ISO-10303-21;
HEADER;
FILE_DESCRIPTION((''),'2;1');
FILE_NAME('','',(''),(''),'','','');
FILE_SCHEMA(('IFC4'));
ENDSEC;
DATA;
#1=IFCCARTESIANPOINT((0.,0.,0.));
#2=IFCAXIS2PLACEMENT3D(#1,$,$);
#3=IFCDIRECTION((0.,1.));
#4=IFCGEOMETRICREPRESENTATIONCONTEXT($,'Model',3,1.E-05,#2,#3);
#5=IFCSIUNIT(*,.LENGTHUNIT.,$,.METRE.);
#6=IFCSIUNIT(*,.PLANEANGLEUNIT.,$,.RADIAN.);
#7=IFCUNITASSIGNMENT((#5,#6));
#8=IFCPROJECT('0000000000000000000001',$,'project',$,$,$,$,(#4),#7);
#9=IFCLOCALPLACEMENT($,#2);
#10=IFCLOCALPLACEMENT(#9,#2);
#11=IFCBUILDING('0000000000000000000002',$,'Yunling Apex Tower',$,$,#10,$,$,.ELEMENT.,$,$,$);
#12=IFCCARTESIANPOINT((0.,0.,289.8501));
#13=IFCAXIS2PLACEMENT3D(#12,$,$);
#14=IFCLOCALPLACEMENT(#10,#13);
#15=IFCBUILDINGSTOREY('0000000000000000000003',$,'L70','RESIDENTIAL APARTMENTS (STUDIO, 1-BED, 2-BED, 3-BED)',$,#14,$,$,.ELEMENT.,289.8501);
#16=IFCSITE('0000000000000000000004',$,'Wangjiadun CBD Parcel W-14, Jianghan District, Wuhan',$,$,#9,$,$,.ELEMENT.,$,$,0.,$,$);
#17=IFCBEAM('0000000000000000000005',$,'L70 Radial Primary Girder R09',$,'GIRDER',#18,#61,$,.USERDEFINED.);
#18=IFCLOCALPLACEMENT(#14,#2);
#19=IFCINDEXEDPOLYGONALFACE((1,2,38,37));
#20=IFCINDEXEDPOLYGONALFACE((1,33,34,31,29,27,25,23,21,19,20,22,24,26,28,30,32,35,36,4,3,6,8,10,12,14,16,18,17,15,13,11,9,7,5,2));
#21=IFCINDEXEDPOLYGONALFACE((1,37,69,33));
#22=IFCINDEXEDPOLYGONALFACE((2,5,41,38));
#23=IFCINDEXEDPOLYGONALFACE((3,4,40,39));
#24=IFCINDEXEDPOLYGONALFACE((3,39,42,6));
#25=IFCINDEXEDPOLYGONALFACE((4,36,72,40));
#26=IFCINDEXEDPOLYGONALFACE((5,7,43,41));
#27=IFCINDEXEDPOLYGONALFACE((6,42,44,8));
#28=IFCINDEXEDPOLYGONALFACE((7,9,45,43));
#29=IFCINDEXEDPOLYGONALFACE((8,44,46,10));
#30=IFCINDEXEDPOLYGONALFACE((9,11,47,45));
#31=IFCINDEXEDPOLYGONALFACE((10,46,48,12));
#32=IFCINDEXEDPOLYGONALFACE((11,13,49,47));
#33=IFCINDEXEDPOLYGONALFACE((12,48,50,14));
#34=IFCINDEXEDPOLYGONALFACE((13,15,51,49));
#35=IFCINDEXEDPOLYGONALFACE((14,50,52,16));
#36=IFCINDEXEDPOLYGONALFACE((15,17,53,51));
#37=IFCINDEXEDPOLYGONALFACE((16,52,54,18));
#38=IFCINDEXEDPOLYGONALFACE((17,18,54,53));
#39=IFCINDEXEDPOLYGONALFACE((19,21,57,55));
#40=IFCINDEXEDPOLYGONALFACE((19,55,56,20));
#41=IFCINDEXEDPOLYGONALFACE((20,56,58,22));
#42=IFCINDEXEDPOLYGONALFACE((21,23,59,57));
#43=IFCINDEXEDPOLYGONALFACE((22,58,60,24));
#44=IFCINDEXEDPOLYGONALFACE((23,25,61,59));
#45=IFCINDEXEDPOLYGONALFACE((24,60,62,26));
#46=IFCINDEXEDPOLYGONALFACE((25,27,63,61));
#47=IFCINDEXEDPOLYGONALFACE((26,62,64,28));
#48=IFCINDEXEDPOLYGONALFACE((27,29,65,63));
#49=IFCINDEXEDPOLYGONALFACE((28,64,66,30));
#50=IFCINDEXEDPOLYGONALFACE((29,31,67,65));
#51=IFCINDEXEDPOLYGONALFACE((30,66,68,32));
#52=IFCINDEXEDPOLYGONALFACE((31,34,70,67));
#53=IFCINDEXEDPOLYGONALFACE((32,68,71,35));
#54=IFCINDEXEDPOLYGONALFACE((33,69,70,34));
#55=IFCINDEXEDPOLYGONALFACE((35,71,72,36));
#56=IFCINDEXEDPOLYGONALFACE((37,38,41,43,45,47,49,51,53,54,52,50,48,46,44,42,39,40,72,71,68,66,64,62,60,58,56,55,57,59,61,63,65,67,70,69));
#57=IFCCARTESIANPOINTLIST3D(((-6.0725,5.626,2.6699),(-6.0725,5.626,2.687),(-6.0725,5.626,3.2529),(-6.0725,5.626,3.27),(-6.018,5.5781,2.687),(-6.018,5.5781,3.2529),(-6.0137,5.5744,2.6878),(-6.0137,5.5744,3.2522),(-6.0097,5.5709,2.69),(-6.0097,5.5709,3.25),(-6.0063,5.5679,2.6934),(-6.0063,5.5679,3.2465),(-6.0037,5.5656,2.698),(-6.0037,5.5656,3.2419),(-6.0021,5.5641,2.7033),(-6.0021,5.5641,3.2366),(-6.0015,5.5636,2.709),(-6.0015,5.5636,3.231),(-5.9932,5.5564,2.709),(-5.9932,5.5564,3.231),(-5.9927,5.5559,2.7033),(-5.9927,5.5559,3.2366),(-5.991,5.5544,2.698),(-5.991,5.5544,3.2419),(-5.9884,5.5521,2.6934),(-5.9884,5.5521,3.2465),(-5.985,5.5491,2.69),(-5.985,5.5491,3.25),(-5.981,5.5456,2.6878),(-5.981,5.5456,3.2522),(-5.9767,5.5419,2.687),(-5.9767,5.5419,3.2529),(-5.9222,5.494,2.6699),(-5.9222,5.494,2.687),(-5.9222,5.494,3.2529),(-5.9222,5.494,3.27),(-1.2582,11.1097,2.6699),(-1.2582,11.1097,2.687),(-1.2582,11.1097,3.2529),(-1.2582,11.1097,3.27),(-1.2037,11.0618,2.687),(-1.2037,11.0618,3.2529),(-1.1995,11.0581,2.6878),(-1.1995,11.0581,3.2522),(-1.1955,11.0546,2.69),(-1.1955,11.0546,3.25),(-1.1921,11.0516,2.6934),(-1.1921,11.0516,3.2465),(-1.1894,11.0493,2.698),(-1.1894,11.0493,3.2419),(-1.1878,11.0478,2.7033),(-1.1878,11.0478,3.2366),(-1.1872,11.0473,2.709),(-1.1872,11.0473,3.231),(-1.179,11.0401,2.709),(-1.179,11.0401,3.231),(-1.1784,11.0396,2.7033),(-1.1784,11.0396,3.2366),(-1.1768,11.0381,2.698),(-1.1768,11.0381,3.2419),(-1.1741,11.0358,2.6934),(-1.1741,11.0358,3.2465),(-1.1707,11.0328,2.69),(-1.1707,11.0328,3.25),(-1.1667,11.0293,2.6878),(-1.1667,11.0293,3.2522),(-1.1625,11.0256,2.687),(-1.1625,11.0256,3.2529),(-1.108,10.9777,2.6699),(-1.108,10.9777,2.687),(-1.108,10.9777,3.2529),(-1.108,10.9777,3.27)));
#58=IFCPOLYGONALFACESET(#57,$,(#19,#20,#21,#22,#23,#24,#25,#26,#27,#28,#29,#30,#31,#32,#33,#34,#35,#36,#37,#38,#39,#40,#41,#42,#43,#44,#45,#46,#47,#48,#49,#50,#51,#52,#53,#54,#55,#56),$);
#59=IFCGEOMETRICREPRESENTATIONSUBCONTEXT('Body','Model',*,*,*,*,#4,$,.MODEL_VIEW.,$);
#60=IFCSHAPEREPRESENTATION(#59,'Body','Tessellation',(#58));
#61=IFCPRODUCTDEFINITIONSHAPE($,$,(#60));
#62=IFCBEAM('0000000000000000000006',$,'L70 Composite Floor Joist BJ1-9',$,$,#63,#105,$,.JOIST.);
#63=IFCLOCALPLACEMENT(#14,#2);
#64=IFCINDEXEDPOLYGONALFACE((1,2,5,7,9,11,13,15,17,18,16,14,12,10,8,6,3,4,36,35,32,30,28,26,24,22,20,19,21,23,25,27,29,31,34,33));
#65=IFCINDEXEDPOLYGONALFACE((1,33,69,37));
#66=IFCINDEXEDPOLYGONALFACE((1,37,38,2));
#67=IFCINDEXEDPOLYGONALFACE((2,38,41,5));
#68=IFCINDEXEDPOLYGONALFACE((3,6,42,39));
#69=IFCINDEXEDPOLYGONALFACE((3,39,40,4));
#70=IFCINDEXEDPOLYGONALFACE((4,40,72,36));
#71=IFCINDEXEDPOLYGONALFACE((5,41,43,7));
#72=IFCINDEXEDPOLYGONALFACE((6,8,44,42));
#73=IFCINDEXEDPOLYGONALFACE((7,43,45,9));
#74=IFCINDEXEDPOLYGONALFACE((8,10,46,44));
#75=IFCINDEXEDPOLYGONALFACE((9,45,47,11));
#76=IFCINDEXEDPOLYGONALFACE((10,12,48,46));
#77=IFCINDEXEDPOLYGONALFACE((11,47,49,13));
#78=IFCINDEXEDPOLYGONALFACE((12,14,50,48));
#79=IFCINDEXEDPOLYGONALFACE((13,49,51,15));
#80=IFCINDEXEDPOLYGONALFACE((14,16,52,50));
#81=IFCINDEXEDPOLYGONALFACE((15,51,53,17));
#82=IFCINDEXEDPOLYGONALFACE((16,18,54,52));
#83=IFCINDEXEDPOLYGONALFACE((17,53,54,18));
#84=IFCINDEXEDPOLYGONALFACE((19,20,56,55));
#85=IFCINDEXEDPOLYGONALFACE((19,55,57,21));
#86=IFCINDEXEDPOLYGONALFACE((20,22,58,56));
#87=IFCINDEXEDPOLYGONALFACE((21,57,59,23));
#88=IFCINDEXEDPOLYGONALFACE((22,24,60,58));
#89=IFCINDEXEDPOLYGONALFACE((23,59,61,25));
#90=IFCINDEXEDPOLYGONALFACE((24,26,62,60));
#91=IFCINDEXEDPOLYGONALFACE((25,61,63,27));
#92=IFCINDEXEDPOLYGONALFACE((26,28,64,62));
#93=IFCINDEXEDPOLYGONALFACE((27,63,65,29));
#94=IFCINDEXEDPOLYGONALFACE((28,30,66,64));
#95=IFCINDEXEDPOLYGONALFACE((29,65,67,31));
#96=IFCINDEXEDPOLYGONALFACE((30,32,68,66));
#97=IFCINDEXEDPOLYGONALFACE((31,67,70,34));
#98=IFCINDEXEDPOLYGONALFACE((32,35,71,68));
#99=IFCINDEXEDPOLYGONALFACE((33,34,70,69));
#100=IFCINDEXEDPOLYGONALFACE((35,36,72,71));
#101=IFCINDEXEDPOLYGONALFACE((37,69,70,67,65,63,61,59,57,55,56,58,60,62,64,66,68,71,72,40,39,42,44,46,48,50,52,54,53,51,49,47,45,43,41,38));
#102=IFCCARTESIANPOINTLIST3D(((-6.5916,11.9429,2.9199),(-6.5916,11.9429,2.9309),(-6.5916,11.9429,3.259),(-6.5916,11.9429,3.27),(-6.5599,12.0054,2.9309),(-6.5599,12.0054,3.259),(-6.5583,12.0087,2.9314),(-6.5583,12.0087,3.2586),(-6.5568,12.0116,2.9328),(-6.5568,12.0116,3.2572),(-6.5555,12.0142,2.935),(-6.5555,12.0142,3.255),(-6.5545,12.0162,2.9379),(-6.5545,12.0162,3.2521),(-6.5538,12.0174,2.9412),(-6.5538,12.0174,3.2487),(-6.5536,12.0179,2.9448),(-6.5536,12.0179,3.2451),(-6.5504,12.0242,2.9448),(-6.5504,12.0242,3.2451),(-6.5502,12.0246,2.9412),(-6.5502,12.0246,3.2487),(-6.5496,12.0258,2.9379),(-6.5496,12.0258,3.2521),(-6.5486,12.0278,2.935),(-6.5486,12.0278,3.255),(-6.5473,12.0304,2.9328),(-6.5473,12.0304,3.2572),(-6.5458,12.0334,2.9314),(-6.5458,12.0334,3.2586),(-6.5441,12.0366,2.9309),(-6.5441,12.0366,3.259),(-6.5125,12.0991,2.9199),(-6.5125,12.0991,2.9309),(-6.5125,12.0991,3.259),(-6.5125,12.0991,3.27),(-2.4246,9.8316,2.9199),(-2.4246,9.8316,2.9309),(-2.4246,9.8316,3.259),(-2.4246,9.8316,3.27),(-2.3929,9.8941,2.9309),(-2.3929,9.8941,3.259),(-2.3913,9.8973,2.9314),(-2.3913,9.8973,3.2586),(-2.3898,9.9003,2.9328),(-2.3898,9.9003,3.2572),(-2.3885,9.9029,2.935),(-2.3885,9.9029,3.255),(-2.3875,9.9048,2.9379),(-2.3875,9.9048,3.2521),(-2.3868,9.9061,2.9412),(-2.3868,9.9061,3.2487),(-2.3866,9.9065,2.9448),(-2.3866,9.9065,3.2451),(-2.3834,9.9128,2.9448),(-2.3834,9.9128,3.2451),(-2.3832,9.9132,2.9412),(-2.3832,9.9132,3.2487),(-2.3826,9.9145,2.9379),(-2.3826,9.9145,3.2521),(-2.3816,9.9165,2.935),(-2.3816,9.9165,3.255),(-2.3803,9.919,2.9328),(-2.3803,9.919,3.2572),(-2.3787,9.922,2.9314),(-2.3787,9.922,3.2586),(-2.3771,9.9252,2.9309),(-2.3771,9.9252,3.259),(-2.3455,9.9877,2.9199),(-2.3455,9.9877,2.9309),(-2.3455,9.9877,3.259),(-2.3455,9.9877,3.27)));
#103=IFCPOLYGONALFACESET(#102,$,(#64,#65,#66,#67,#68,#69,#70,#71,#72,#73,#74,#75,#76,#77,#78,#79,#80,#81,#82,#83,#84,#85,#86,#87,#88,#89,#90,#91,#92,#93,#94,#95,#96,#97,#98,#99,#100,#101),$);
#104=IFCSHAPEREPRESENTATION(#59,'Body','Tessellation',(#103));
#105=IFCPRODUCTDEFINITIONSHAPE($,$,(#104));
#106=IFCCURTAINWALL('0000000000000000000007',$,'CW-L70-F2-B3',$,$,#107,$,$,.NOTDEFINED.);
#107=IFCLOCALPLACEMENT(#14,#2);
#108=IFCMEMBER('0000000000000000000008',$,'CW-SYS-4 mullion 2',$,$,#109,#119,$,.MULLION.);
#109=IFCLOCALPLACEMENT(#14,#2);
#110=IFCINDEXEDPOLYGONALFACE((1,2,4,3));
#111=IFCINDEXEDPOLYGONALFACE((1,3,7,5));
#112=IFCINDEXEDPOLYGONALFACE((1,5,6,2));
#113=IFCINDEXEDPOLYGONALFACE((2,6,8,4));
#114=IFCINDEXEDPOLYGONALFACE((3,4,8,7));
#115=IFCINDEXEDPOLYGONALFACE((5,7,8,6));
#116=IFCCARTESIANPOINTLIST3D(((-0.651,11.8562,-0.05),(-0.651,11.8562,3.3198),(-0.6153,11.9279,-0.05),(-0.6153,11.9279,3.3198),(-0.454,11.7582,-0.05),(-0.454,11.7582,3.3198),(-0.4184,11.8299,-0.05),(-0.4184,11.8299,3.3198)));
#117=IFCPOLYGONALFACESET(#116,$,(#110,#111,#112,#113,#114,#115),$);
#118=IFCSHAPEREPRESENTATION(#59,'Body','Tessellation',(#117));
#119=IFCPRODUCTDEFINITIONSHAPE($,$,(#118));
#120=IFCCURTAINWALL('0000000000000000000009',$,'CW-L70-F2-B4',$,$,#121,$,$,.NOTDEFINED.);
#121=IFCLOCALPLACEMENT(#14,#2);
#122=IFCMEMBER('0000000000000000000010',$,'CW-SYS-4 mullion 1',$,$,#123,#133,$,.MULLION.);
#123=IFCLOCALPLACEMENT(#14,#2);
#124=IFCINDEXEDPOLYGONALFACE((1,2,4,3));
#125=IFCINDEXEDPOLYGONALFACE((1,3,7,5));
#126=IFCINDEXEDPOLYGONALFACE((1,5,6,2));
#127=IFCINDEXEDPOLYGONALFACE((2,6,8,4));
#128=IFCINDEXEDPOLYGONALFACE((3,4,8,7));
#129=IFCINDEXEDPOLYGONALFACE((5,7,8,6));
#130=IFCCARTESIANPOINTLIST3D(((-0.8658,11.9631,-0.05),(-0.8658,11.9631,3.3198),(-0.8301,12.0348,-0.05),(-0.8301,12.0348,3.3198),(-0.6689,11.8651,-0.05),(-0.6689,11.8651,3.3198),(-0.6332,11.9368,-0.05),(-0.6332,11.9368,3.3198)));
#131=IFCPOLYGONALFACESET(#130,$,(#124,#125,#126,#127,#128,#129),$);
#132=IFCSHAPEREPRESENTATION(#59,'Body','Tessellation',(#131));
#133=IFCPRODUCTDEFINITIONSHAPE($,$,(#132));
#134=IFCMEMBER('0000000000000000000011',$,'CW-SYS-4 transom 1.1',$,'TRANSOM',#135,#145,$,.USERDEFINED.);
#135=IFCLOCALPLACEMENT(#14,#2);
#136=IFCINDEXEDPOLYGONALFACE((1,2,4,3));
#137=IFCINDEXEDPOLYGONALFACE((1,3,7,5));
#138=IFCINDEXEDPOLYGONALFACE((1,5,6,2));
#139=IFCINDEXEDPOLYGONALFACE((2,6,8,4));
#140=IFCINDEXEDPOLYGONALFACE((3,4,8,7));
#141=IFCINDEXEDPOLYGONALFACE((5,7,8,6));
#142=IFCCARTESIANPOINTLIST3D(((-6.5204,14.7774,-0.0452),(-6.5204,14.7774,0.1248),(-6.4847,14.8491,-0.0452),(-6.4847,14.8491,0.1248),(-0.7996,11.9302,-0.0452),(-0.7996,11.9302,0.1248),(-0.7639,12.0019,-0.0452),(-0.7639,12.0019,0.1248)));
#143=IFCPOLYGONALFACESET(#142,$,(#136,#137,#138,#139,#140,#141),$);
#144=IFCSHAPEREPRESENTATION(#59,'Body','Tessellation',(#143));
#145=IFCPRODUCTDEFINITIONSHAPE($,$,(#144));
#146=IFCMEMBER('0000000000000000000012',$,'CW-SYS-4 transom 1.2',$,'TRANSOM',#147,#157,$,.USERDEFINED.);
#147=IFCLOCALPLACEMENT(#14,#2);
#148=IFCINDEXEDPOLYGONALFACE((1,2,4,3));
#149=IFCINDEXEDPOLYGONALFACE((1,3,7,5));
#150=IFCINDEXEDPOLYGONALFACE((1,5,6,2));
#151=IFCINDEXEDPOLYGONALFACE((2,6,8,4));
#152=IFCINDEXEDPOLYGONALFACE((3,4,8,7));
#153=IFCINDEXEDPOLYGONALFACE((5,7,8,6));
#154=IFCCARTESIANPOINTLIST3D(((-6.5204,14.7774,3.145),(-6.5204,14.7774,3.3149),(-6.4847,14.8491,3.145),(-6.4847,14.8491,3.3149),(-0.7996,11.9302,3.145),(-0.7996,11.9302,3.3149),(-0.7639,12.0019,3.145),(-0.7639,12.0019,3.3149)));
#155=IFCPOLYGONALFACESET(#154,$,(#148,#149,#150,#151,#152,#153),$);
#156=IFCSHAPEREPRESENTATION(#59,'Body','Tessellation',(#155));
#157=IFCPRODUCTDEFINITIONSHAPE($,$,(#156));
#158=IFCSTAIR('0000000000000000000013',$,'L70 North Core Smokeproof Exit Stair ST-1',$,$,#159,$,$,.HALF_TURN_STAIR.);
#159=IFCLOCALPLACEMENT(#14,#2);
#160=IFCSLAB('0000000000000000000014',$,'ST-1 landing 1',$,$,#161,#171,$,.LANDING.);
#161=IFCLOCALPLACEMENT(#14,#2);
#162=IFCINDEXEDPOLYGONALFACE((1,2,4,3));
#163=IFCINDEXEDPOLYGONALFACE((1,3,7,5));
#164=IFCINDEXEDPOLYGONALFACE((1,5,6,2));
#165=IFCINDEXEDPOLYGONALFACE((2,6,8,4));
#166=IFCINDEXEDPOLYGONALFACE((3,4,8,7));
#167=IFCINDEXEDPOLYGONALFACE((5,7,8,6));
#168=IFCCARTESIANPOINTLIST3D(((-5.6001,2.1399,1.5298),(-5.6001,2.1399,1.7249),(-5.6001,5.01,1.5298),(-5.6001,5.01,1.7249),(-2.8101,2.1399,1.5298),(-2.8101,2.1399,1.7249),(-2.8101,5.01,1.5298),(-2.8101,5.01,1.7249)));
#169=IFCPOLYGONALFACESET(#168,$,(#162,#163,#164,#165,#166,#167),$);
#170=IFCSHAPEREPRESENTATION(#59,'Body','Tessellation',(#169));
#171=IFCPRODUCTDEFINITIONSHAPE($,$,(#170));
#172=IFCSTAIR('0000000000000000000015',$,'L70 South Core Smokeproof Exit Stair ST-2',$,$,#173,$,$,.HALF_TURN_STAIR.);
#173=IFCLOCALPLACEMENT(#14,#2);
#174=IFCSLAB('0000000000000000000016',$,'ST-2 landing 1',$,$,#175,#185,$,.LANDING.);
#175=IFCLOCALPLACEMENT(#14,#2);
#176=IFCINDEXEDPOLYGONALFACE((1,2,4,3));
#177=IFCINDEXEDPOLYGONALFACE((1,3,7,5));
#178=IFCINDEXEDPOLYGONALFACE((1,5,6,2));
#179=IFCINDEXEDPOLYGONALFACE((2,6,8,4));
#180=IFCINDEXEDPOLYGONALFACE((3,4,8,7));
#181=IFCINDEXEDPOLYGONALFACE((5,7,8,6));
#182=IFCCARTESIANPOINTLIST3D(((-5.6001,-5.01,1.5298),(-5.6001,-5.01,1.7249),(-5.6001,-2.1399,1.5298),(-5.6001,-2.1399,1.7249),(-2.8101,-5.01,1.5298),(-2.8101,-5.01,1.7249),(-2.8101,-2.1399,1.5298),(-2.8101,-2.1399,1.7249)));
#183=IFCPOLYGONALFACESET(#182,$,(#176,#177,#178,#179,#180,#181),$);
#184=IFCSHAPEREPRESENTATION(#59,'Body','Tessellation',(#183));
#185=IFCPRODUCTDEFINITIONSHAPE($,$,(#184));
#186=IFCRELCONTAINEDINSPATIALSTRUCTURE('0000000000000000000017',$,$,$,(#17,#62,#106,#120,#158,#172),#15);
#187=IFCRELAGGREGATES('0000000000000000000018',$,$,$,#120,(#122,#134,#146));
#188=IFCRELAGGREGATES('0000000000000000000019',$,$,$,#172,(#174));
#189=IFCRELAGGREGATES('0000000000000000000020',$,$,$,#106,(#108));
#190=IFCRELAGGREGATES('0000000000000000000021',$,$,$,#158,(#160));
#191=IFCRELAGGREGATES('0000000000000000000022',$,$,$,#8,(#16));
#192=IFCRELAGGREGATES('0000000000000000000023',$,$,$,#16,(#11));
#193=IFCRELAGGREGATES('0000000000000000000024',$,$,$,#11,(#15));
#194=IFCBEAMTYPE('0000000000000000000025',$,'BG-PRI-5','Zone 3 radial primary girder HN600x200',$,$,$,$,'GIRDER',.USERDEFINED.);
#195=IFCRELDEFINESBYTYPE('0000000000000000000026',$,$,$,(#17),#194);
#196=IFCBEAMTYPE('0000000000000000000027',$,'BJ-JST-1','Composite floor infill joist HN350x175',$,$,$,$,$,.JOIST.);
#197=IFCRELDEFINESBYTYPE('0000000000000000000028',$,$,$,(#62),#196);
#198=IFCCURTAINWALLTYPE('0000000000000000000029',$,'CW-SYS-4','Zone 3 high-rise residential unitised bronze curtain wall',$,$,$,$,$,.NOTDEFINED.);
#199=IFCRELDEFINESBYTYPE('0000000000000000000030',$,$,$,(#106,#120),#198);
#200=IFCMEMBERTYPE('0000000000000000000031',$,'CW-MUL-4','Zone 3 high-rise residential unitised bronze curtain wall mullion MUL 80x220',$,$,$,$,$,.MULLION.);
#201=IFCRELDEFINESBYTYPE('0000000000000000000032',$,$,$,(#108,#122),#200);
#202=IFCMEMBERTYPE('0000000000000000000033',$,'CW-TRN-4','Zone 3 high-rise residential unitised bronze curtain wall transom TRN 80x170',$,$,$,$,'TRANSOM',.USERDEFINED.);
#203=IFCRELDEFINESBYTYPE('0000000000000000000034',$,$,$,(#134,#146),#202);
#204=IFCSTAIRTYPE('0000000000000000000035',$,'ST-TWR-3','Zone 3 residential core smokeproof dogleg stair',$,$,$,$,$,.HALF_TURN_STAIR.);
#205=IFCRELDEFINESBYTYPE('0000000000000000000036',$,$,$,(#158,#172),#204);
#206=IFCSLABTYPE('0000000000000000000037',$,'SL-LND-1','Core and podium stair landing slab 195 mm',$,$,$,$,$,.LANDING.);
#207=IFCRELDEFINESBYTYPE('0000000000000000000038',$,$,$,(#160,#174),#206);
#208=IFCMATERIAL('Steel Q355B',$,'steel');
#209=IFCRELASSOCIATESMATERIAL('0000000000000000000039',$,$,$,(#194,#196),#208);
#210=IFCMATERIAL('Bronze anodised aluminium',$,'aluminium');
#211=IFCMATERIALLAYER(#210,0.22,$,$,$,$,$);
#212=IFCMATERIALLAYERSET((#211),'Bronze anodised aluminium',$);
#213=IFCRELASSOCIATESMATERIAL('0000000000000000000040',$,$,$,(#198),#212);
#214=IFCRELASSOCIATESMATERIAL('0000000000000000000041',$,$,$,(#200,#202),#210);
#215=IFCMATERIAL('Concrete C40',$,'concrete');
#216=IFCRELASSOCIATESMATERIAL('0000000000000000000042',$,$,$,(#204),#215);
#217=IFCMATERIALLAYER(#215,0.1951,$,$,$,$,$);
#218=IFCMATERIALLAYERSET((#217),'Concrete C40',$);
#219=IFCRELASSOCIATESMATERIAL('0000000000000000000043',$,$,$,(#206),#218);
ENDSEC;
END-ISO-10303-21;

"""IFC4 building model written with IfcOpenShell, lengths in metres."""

from ifc_helpers import new_model, si_unit, direction, frame, origin, origin_2d, place, context, subcontext, project, spatial, polyline, rectangle, i_section, outline, extrude, source, transform, mapped, material, layer, layer_set, material_profile, profile_set, type_object, element, aggregate, save


model = new_model("IFC4")

# Units and contexts
model_context = context("Model", 3, precision=1e-05, world=origin(), true_north=direction((0.0, 1.0)))
body_context = subcontext(model_context, "Body", "Model", "MODEL_VIEW")
ifc_project = project(units=[si_unit("LENGTHUNIT", "METRE"), si_unit("PLANEANGLEUNIT", "RADIAN")], contexts=[model_context])

# Site, building, storey
site_placement = place(None, origin())
site = spatial("IfcSite", under=ifc_project, at=site_placement, Name="Wangjiadun CBD Parcel W-14, Jianghan District, Wuhan", CompositionType="ELEMENT", RefElevation=0.0)
building_placement = place(site_placement, origin())
building = spatial("IfcBuilding", under=site, at=building_placement, Name="Yunling Apex Tower", CompositionType="ELEMENT")
storey_placement = place(building_placement, frame((0.0, 0.0, 289.8501)))
storey = spatial("IfcBuildingStorey", under=building, at=storey_placement, Name="L70", Description="RESIDENTIAL APARTMENTS (STUDIO, 1-BED, 2-BED, 3-BED)", CompositionType="ELEMENT", Elevation=289.8501)

# Shared definitions
ifc_material_1 = material(Name="Steel Q355B", Category="steel")

# Beams
ifc_material_profile_1 = material_profile(ifc_material_1, i_section(OverallWidth=0.2, OverallDepth=0.6001, WebThickness=0.011, FlangeThickness=0.0171, FilletRadius=0.022, at=origin_2d()))
ifc_profile_set_1 = profile_set([ifc_material_profile_1], Name="Steel Q355B")
beam_type_1 = type_object("IfcBeamType", Name="BG-PRI-5", Description="Zone 3 radial primary girder HN600x200", ElementType="GIRDER", PredefinedType="USERDEFINED", material=ifc_profile_set_1)
shared_shape_1 = source(origin(), body_context, "Body", "SweptSolid", [
    extrude(i_section(OverallWidth=0.2, OverallDepth=0.6001, WebThickness=0.011, FlangeThickness=0.0171, FilletRadius=0.022, at=origin_2d()), origin(), (0.0, 0.0, 1.0), 7.2971),
])
beam_1_placement = place(storey_placement, frame((-1.1831, 11.0437, 2.97), z_axis=(-0.659747, -0.751488, 0.0), x_axis=(0.751488, -0.659747, 0.0)))
element("IfcBeam", 1, at=beam_1_placement, inside=storey, type_object=beam_type_1, Name="L70 Radial Primary Girder R09", ObjectType="GIRDER", PredefinedType="USERDEFINED", context=body_context, shape_type="MappedRepresentation", body=[
    mapped(shared_shape_1, transform((0.0, 0.0, 0.0), scale=1.0)),
])
ifc_material_profile_2 = material_profile(ifc_material_1, i_section(OverallWidth=0.175, OverallDepth=0.3501, WebThickness=0.0071, FlangeThickness=0.011, FilletRadius=0.0139, at=origin_2d()))
ifc_profile_set_2 = profile_set([ifc_material_profile_2], Name="Steel Q355B")
beam_type_2 = type_object("IfcBeamType", Name="BJ-JST-1", Description="Composite floor infill joist HN350x175", PredefinedType="JOIST", material=ifc_profile_set_2)
shared_shape_2 = source(origin(), body_context, "Body", "SweptSolid", [
    extrude(i_section(OverallWidth=0.175, OverallDepth=0.3501, WebThickness=0.0071, FlangeThickness=0.011, FilletRadius=0.0139, at=origin_2d()), origin(), (0.0, 0.0, 1.0), 4.6714),
])
beam_2_placement = place(storey_placement, frame((-2.385, 9.9097, 3.095), z_axis=(-0.892031, 0.451974, 0.0), x_axis=(-0.451974, -0.892031, 0.0)))
element("IfcBeam", 2, at=beam_2_placement, inside=storey, type_object=beam_type_2, Name="L70 Composite Floor Joist BJ1-9", PredefinedType="JOIST", context=body_context, shape_type="MappedRepresentation", body=[
    mapped(shared_shape_2, transform((0.0, 0.0, 0.0), scale=1.0)),
])

# Curtain wall, member
ifc_material_2 = material(Name="Bronze anodised aluminium", Category="aluminium")
ifc_layer_1 = layer(ifc_material_2, 0.22)
ifc_layer_set_1 = layer_set([ifc_layer_1], Name="Bronze anodised aluminium")
curtain_wall_type = type_object("IfcCurtainWallType", Name="CW-SYS-4", Description="Zone 3 high-rise residential unitised bronze curtain wall", PredefinedType="NOTDEFINED", material=ifc_layer_set_1)
curtain_wall_1_placement = place(storey_placement, origin())
curtain_wall_1 = element("IfcCurtainWall", 3, at=curtain_wall_1_placement, inside=storey, type_object=curtain_wall_type, Name="CW-L70-F2-B3", PredefinedType="NOTDEFINED")
ifc_material_profile_3 = material_profile(ifc_material_2, rectangle(XDim=0.0801, YDim=0.22, at=origin_2d()))
ifc_profile_set_3 = profile_set([ifc_material_profile_3], Name="Bronze anodised aluminium")
member_type_1 = type_object("IfcMemberType", Name="CW-MUL-4", Description="Zone 3 high-rise residential unitised bronze curtain wall mullion MUL 80x220", PredefinedType="MULLION", material=ifc_profile_set_3)
shared_shape_3 = source(origin(), body_context, "Body", "SweptSolid", [
    extrude(rectangle(XDim=0.0801, YDim=0.22, at=origin_2d()), origin(), (0.0, 0.0, 1.0), 3.3699),
])
member_1_placement = place(storey_placement, frame((-0.5347, 11.843, -0.05), z_axis=(0.0, 0.0, 1.0), x_axis=(-0.445562, -0.895251, 0.0)))
member_1 = element("IfcMember", 4, at=member_1_placement, type_object=member_type_1, Name="CW-SYS-4 mullion 2", PredefinedType="MULLION", context=body_context, shape_type="MappedRepresentation", body=[
    mapped(shared_shape_3, transform((0.0, 0.0, 0.0), scale=1.0)),
])

# Curtain wall, members
curtain_wall_2_placement = place(storey_placement, origin())
curtain_wall_2 = element("IfcCurtainWall", 5, at=curtain_wall_2_placement, inside=storey, type_object=curtain_wall_type, Name="CW-L70-F2-B4", PredefinedType="NOTDEFINED")
member_2_placement = place(storey_placement, frame((-0.7495, 11.95, -0.05), z_axis=(0.0, 0.0, 1.0), x_axis=(-0.445568, -0.895248, 0.0)))
member_2 = element("IfcMember", 6, at=member_2_placement, type_object=member_type_1, Name="CW-SYS-4 mullion 1", PredefinedType="MULLION", context=body_context, shape_type="MappedRepresentation", body=[
    mapped(shared_shape_3, transform((0.0, 0.0, 0.0), scale=1.0)),
])
ifc_material_profile_4 = material_profile(ifc_material_2, rectangle(XDim=0.0801, YDim=0.1699, at=origin_2d()))
ifc_profile_set_4 = profile_set([ifc_material_profile_4], Name="Bronze anodised aluminium")
member_type_2 = type_object("IfcMemberType", Name="CW-TRN-4", Description="Zone 3 high-rise residential unitised bronze curtain wall transom TRN 80x170", ElementType="TRANSOM", PredefinedType="USERDEFINED", material=ifc_profile_set_4)
shared_shape_4 = source(origin(), body_context, "Body", "SweptSolid", [
    extrude(rectangle(XDim=0.0801, YDim=0.1699, at=origin_2d()), origin(), (0.0, 0.0, 1.0), 6.3901),
])
member_3_placement = place(storey_placement, frame((-0.7817, 11.9661, 0.0398), z_axis=(-0.895251, 0.445562, 0.0), x_axis=(-0.445562, -0.895251, 0.0)))
member_3 = element("IfcMember", 7, at=member_3_placement, type_object=member_type_2, Name="CW-SYS-4 transom 1.1", ObjectType="TRANSOM", PredefinedType="USERDEFINED", context=body_context, shape_type="MappedRepresentation", body=[
    mapped(shared_shape_4, transform((0.0, 0.0, 0.0), scale=1.0)),
])
member_4_placement = place(storey_placement, frame((-0.7817, 11.9661, 3.23), z_axis=(-0.895251, 0.445562, 0.0), x_axis=(-0.445562, -0.895251, 0.0)))
member_4 = element("IfcMember", 8, at=member_4_placement, type_object=member_type_2, Name="CW-SYS-4 transom 1.2", ObjectType="TRANSOM", PredefinedType="USERDEFINED", context=body_context, shape_type="MappedRepresentation", body=[
    mapped(shared_shape_4, transform((0.0, 0.0, 0.0), scale=1.0)),
])
aggregate(curtain_wall_2, [member_2, member_3, member_4])

# Stairs, slabs
ifc_material_3 = material(Name="Concrete C40", Category="concrete")
stair_type = type_object("IfcStairType", Name="ST-TWR-3", Description="Zone 3 residential core smokeproof dogleg stair", PredefinedType="HALF_TURN_STAIR", material=ifc_material_3)
stair_1_placement = place(storey_placement, origin())
stair_1 = element("IfcStair", 9, at=stair_1_placement, inside=storey, type_object=stair_type, Name="L70 North Core Smokeproof Exit Stair ST-1", PredefinedType="HALF_TURN_STAIR")
ifc_layer_2 = layer(ifc_material_3, 0.1951)
ifc_layer_set_2 = layer_set([ifc_layer_2], Name="Concrete C40")
slab_type = type_object("IfcSlabType", Name="SL-LND-1", Description="Core and podium stair landing slab 195 mm", PredefinedType="LANDING", material=ifc_layer_set_2)
slab_1_placement = place(storey_placement, frame((0.0, 0.0, 1.5298)))
slab_1 = element("IfcSlab", 10, at=slab_1_placement, type_object=slab_type, Name="ST-1 landing 1", PredefinedType="LANDING", context=body_context, shape_type="SweptSolid", body=[
    extrude(outline(polyline([(-2.8101, 5.01), (-5.6001, 5.01), (-5.6001, 2.1399), (-2.8101, 2.1399), (-2.8101, 5.01)])), origin(), (0.0, 0.0, 1.0), 0.1951),
])
stair_2_placement = place(storey_placement, origin())
stair_2 = element("IfcStair", 11, at=stair_2_placement, inside=storey, type_object=stair_type, Name="L70 South Core Smokeproof Exit Stair ST-2", PredefinedType="HALF_TURN_STAIR")
slab_2_placement = place(storey_placement, frame((0.0, 0.0, 1.5298)))
slab_2 = element("IfcSlab", 12, at=slab_2_placement, type_object=slab_type, Name="ST-2 landing 1", PredefinedType="LANDING", context=body_context, shape_type="SweptSolid", body=[
    extrude(outline(polyline([(-2.8101, -2.1399), (-5.6001, -2.1399), (-5.6001, -5.01), (-2.8101, -5.01), (-2.8101, -2.1399)])), origin(), (0.0, 0.0, 1.0), 0.1951),
])
aggregate(stair_2, [slab_2])

aggregate(curtain_wall_1, [member_1])

aggregate(stair_1, [slab_1])

save(model, "model.ifc")
